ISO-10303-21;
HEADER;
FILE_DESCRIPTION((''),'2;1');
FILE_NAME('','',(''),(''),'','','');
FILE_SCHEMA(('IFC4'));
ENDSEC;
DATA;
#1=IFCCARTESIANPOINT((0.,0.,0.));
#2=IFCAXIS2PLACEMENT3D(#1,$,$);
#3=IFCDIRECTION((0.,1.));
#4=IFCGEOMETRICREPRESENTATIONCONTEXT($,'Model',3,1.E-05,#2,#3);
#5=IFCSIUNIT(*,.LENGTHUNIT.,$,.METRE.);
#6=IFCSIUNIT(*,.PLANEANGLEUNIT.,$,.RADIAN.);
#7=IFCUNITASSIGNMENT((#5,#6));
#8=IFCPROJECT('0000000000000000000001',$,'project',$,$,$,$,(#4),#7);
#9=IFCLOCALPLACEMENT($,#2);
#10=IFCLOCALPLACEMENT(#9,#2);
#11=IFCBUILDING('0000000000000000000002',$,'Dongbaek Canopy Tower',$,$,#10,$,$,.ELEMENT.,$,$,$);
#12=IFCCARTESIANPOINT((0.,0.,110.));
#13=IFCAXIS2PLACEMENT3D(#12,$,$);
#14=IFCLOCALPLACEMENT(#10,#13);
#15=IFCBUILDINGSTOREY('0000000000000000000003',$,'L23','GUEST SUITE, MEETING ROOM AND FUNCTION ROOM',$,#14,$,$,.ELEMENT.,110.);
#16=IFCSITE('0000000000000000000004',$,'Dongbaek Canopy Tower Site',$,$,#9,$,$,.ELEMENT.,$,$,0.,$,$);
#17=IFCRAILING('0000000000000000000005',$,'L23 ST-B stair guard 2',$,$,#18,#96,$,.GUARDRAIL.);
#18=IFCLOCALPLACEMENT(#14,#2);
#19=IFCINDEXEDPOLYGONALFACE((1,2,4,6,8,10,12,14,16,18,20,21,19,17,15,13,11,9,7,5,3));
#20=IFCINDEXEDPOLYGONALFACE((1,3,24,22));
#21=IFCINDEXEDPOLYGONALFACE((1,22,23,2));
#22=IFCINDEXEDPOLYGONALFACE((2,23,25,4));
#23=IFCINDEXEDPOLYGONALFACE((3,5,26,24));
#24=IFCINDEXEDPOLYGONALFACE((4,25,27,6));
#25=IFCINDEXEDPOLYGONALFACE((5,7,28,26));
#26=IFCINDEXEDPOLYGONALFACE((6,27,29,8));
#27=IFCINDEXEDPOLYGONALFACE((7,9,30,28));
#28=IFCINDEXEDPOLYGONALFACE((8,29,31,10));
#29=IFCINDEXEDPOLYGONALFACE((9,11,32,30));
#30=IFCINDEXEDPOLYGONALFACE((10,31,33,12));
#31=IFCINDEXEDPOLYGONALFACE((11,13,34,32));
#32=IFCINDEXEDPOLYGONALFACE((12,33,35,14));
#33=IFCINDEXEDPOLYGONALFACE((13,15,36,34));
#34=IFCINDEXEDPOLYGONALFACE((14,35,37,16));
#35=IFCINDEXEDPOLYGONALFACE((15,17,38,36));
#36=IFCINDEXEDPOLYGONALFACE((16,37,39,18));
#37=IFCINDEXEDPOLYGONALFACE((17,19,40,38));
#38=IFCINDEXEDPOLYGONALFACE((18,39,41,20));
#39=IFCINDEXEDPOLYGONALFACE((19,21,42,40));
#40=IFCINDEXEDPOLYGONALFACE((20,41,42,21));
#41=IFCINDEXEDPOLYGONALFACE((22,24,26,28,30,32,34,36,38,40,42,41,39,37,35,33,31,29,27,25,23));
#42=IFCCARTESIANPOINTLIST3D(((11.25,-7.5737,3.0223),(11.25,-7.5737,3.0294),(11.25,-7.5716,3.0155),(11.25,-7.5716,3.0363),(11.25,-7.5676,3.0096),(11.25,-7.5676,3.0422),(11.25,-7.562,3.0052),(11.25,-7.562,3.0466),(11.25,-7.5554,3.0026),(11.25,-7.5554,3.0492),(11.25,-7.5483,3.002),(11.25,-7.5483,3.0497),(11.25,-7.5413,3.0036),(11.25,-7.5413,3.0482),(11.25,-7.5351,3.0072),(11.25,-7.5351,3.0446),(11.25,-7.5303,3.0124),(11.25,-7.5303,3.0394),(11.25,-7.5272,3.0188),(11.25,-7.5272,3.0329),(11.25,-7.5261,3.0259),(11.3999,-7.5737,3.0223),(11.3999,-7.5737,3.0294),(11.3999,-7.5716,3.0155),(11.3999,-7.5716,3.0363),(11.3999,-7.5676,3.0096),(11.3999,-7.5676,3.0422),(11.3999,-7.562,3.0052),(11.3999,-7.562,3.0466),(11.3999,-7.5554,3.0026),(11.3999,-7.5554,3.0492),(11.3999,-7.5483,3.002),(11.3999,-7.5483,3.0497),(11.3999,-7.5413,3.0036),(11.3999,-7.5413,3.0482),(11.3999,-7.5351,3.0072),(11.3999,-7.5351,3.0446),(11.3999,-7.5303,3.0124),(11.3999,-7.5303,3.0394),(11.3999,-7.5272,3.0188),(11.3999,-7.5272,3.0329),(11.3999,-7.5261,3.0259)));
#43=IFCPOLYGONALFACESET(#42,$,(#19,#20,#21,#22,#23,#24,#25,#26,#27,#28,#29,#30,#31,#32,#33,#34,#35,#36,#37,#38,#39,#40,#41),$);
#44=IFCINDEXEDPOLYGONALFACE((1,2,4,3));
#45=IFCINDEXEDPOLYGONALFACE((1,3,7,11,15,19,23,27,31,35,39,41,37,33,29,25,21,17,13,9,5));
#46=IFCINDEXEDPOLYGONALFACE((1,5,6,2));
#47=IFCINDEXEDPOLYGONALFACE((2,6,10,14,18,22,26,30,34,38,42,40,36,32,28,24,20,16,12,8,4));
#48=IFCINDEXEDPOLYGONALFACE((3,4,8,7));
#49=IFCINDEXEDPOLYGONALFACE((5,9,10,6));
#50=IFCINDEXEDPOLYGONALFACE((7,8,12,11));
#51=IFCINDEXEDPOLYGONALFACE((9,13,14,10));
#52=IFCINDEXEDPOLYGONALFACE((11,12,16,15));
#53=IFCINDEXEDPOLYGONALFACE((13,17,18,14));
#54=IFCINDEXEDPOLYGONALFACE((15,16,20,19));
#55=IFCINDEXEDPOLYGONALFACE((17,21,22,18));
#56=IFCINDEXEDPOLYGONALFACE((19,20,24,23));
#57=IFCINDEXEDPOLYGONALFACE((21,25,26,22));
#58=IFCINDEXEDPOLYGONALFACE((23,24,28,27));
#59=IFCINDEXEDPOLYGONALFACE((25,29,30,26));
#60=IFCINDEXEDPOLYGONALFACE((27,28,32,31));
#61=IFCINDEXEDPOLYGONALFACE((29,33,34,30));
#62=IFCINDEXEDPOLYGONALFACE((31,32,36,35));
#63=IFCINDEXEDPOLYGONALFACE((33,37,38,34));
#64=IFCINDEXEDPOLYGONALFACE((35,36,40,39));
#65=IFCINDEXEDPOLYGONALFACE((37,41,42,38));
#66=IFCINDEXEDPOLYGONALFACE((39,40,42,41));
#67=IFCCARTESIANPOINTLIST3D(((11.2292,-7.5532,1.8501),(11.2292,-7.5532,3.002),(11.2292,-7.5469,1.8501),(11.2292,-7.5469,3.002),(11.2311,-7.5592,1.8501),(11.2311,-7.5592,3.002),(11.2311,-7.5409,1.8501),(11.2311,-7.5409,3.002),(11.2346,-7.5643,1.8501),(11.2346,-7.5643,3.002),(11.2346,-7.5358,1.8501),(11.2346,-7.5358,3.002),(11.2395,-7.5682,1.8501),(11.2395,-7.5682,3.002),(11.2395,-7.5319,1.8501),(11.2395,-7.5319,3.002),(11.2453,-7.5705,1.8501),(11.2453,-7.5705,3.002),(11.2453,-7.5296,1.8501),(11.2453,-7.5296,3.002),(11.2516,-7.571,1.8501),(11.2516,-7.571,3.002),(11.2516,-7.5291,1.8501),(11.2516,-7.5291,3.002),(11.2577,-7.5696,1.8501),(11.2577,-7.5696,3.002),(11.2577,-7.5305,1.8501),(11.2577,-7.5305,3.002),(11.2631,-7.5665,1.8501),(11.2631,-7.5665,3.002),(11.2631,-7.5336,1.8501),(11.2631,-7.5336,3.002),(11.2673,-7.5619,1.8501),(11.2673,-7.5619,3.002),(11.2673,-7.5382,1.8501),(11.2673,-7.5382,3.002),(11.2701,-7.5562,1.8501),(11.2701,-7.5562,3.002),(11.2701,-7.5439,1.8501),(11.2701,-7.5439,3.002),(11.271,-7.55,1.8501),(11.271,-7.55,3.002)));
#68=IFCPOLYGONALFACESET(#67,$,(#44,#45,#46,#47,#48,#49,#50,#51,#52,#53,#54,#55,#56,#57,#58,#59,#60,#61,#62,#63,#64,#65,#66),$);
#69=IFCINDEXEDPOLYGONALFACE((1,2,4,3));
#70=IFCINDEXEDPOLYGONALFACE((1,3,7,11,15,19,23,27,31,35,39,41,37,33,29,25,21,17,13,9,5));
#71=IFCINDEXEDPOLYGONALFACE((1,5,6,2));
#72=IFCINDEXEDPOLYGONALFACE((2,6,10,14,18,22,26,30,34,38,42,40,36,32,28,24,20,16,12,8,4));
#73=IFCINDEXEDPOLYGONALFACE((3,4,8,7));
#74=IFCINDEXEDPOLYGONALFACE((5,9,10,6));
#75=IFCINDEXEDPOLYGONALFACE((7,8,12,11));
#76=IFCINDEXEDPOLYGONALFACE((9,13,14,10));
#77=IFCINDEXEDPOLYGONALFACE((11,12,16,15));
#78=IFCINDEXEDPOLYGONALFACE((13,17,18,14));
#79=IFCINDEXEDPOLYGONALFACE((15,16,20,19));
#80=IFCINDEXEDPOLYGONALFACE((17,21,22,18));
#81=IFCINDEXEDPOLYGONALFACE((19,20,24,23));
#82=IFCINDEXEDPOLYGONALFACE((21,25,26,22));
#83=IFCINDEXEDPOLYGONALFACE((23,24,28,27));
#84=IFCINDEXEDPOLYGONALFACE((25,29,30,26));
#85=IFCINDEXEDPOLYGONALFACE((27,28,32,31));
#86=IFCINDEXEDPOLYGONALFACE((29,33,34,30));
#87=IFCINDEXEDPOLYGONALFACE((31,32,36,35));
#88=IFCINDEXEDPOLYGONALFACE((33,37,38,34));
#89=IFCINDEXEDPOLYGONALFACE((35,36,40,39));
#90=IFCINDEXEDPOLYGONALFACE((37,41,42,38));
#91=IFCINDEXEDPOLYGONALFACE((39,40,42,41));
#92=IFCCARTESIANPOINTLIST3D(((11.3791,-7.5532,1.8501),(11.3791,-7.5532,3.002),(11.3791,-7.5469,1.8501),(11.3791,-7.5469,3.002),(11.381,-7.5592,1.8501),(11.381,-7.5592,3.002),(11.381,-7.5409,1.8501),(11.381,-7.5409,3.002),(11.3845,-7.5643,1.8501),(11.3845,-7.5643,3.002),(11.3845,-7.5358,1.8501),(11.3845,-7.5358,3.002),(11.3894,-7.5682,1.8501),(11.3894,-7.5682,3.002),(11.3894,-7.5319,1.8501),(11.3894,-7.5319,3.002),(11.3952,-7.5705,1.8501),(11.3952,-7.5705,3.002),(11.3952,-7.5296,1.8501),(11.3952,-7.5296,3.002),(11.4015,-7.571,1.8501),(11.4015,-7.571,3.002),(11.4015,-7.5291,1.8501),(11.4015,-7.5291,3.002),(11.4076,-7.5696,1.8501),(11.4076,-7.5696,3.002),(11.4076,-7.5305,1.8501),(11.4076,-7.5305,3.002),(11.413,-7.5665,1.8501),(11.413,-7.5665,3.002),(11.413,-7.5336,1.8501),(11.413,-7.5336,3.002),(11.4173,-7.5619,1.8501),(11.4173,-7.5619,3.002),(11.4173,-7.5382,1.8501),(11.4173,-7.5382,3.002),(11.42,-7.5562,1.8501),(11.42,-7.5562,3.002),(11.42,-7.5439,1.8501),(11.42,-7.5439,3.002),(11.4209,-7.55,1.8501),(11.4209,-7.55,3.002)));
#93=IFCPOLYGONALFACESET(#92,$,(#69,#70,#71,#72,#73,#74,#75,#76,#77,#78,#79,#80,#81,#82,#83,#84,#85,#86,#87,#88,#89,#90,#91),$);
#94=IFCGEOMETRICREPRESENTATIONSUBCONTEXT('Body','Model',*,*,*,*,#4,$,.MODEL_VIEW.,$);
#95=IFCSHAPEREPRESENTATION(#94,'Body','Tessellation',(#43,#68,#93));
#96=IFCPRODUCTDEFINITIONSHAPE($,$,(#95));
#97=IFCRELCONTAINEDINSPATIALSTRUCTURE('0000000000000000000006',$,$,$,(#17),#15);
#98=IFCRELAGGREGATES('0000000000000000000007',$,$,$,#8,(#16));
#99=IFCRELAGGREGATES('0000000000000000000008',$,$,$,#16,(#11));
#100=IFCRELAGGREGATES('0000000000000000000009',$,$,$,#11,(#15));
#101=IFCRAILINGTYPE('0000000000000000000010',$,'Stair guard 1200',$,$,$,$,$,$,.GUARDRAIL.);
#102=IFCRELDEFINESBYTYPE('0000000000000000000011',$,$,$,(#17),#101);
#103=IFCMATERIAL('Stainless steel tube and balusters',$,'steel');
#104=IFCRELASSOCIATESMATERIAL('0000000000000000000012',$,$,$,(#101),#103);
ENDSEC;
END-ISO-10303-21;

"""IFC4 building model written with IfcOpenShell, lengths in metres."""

from ifc_helpers import new_model, si_unit, direction, frame, origin, origin_2d, place, context, subcontext, project, spatial, circle, extrude, material, type_object, element, save


model = new_model("IFC4")

# Units and contexts
model_context = context("Model", 3, precision=1e-05, world=origin(), true_north=direction((0.0, 1.0)))
body_context = subcontext(model_context, "Body", "Model", "MODEL_VIEW")
ifc_project = project(units=[si_unit("LENGTHUNIT", "METRE"), si_unit("PLANEANGLEUNIT", "RADIAN")], contexts=[model_context])

# Site, building, storey
site_placement = place(None, origin())
site = spatial("IfcSite", under=ifc_project, at=site_placement, Name="Dongbaek Canopy Tower Site", CompositionType="ELEMENT", RefElevation=0.0)
building_placement = place(site_placement, origin())
building = spatial("IfcBuilding", under=site, at=building_placement, Name="Dongbaek Canopy Tower", CompositionType="ELEMENT")
storey_placement = place(building_placement, frame((0.0, 0.0, 110.0)))
storey = spatial("IfcBuildingStorey", under=building, at=storey_placement, Name="L23", Description="GUEST SUITE, MEETING ROOM AND FUNCTION ROOM", CompositionType="ELEMENT", Elevation=110.0)

# Railing
ifc_material_1 = material(Name="Stainless steel tube and balusters", Category="steel")
railing_type_1 = type_object("IfcRailingType", Name="Stair guard 1200", PredefinedType="GUARDRAIL", material=ifc_material_1)
railing_1_placement = place(storey_placement, frame((11.25, -7.55, 1.8501)))
element("IfcRailing", 1, at=railing_1_placement, inside=storey, type_object=railing_type_1, Name="L23 ST-B stair guard 2", PredefinedType="GUARDRAIL", context=body_context, shape_type="SweptSolid", body=[
    extrude(circle(Radius=0.0239, at=origin_2d()), frame((0.0, 0.0, 1.1758), z_axis=(1.0, 0.0, 0.0), x_axis=(0.0, 1.0, 0.0)), (0.0, 0.0, 1.0), 0.1499),
    extrude(circle(Radius=0.021, at=origin_2d()), origin(), (0.0, 0.0, 1.0), 1.1519),
    extrude(circle(Radius=0.021, at=origin_2d()), frame((0.1499, 0.0, 0.0)), (0.0, 0.0, 1.0), 1.1519),
])

save(model, "model.ifc")
